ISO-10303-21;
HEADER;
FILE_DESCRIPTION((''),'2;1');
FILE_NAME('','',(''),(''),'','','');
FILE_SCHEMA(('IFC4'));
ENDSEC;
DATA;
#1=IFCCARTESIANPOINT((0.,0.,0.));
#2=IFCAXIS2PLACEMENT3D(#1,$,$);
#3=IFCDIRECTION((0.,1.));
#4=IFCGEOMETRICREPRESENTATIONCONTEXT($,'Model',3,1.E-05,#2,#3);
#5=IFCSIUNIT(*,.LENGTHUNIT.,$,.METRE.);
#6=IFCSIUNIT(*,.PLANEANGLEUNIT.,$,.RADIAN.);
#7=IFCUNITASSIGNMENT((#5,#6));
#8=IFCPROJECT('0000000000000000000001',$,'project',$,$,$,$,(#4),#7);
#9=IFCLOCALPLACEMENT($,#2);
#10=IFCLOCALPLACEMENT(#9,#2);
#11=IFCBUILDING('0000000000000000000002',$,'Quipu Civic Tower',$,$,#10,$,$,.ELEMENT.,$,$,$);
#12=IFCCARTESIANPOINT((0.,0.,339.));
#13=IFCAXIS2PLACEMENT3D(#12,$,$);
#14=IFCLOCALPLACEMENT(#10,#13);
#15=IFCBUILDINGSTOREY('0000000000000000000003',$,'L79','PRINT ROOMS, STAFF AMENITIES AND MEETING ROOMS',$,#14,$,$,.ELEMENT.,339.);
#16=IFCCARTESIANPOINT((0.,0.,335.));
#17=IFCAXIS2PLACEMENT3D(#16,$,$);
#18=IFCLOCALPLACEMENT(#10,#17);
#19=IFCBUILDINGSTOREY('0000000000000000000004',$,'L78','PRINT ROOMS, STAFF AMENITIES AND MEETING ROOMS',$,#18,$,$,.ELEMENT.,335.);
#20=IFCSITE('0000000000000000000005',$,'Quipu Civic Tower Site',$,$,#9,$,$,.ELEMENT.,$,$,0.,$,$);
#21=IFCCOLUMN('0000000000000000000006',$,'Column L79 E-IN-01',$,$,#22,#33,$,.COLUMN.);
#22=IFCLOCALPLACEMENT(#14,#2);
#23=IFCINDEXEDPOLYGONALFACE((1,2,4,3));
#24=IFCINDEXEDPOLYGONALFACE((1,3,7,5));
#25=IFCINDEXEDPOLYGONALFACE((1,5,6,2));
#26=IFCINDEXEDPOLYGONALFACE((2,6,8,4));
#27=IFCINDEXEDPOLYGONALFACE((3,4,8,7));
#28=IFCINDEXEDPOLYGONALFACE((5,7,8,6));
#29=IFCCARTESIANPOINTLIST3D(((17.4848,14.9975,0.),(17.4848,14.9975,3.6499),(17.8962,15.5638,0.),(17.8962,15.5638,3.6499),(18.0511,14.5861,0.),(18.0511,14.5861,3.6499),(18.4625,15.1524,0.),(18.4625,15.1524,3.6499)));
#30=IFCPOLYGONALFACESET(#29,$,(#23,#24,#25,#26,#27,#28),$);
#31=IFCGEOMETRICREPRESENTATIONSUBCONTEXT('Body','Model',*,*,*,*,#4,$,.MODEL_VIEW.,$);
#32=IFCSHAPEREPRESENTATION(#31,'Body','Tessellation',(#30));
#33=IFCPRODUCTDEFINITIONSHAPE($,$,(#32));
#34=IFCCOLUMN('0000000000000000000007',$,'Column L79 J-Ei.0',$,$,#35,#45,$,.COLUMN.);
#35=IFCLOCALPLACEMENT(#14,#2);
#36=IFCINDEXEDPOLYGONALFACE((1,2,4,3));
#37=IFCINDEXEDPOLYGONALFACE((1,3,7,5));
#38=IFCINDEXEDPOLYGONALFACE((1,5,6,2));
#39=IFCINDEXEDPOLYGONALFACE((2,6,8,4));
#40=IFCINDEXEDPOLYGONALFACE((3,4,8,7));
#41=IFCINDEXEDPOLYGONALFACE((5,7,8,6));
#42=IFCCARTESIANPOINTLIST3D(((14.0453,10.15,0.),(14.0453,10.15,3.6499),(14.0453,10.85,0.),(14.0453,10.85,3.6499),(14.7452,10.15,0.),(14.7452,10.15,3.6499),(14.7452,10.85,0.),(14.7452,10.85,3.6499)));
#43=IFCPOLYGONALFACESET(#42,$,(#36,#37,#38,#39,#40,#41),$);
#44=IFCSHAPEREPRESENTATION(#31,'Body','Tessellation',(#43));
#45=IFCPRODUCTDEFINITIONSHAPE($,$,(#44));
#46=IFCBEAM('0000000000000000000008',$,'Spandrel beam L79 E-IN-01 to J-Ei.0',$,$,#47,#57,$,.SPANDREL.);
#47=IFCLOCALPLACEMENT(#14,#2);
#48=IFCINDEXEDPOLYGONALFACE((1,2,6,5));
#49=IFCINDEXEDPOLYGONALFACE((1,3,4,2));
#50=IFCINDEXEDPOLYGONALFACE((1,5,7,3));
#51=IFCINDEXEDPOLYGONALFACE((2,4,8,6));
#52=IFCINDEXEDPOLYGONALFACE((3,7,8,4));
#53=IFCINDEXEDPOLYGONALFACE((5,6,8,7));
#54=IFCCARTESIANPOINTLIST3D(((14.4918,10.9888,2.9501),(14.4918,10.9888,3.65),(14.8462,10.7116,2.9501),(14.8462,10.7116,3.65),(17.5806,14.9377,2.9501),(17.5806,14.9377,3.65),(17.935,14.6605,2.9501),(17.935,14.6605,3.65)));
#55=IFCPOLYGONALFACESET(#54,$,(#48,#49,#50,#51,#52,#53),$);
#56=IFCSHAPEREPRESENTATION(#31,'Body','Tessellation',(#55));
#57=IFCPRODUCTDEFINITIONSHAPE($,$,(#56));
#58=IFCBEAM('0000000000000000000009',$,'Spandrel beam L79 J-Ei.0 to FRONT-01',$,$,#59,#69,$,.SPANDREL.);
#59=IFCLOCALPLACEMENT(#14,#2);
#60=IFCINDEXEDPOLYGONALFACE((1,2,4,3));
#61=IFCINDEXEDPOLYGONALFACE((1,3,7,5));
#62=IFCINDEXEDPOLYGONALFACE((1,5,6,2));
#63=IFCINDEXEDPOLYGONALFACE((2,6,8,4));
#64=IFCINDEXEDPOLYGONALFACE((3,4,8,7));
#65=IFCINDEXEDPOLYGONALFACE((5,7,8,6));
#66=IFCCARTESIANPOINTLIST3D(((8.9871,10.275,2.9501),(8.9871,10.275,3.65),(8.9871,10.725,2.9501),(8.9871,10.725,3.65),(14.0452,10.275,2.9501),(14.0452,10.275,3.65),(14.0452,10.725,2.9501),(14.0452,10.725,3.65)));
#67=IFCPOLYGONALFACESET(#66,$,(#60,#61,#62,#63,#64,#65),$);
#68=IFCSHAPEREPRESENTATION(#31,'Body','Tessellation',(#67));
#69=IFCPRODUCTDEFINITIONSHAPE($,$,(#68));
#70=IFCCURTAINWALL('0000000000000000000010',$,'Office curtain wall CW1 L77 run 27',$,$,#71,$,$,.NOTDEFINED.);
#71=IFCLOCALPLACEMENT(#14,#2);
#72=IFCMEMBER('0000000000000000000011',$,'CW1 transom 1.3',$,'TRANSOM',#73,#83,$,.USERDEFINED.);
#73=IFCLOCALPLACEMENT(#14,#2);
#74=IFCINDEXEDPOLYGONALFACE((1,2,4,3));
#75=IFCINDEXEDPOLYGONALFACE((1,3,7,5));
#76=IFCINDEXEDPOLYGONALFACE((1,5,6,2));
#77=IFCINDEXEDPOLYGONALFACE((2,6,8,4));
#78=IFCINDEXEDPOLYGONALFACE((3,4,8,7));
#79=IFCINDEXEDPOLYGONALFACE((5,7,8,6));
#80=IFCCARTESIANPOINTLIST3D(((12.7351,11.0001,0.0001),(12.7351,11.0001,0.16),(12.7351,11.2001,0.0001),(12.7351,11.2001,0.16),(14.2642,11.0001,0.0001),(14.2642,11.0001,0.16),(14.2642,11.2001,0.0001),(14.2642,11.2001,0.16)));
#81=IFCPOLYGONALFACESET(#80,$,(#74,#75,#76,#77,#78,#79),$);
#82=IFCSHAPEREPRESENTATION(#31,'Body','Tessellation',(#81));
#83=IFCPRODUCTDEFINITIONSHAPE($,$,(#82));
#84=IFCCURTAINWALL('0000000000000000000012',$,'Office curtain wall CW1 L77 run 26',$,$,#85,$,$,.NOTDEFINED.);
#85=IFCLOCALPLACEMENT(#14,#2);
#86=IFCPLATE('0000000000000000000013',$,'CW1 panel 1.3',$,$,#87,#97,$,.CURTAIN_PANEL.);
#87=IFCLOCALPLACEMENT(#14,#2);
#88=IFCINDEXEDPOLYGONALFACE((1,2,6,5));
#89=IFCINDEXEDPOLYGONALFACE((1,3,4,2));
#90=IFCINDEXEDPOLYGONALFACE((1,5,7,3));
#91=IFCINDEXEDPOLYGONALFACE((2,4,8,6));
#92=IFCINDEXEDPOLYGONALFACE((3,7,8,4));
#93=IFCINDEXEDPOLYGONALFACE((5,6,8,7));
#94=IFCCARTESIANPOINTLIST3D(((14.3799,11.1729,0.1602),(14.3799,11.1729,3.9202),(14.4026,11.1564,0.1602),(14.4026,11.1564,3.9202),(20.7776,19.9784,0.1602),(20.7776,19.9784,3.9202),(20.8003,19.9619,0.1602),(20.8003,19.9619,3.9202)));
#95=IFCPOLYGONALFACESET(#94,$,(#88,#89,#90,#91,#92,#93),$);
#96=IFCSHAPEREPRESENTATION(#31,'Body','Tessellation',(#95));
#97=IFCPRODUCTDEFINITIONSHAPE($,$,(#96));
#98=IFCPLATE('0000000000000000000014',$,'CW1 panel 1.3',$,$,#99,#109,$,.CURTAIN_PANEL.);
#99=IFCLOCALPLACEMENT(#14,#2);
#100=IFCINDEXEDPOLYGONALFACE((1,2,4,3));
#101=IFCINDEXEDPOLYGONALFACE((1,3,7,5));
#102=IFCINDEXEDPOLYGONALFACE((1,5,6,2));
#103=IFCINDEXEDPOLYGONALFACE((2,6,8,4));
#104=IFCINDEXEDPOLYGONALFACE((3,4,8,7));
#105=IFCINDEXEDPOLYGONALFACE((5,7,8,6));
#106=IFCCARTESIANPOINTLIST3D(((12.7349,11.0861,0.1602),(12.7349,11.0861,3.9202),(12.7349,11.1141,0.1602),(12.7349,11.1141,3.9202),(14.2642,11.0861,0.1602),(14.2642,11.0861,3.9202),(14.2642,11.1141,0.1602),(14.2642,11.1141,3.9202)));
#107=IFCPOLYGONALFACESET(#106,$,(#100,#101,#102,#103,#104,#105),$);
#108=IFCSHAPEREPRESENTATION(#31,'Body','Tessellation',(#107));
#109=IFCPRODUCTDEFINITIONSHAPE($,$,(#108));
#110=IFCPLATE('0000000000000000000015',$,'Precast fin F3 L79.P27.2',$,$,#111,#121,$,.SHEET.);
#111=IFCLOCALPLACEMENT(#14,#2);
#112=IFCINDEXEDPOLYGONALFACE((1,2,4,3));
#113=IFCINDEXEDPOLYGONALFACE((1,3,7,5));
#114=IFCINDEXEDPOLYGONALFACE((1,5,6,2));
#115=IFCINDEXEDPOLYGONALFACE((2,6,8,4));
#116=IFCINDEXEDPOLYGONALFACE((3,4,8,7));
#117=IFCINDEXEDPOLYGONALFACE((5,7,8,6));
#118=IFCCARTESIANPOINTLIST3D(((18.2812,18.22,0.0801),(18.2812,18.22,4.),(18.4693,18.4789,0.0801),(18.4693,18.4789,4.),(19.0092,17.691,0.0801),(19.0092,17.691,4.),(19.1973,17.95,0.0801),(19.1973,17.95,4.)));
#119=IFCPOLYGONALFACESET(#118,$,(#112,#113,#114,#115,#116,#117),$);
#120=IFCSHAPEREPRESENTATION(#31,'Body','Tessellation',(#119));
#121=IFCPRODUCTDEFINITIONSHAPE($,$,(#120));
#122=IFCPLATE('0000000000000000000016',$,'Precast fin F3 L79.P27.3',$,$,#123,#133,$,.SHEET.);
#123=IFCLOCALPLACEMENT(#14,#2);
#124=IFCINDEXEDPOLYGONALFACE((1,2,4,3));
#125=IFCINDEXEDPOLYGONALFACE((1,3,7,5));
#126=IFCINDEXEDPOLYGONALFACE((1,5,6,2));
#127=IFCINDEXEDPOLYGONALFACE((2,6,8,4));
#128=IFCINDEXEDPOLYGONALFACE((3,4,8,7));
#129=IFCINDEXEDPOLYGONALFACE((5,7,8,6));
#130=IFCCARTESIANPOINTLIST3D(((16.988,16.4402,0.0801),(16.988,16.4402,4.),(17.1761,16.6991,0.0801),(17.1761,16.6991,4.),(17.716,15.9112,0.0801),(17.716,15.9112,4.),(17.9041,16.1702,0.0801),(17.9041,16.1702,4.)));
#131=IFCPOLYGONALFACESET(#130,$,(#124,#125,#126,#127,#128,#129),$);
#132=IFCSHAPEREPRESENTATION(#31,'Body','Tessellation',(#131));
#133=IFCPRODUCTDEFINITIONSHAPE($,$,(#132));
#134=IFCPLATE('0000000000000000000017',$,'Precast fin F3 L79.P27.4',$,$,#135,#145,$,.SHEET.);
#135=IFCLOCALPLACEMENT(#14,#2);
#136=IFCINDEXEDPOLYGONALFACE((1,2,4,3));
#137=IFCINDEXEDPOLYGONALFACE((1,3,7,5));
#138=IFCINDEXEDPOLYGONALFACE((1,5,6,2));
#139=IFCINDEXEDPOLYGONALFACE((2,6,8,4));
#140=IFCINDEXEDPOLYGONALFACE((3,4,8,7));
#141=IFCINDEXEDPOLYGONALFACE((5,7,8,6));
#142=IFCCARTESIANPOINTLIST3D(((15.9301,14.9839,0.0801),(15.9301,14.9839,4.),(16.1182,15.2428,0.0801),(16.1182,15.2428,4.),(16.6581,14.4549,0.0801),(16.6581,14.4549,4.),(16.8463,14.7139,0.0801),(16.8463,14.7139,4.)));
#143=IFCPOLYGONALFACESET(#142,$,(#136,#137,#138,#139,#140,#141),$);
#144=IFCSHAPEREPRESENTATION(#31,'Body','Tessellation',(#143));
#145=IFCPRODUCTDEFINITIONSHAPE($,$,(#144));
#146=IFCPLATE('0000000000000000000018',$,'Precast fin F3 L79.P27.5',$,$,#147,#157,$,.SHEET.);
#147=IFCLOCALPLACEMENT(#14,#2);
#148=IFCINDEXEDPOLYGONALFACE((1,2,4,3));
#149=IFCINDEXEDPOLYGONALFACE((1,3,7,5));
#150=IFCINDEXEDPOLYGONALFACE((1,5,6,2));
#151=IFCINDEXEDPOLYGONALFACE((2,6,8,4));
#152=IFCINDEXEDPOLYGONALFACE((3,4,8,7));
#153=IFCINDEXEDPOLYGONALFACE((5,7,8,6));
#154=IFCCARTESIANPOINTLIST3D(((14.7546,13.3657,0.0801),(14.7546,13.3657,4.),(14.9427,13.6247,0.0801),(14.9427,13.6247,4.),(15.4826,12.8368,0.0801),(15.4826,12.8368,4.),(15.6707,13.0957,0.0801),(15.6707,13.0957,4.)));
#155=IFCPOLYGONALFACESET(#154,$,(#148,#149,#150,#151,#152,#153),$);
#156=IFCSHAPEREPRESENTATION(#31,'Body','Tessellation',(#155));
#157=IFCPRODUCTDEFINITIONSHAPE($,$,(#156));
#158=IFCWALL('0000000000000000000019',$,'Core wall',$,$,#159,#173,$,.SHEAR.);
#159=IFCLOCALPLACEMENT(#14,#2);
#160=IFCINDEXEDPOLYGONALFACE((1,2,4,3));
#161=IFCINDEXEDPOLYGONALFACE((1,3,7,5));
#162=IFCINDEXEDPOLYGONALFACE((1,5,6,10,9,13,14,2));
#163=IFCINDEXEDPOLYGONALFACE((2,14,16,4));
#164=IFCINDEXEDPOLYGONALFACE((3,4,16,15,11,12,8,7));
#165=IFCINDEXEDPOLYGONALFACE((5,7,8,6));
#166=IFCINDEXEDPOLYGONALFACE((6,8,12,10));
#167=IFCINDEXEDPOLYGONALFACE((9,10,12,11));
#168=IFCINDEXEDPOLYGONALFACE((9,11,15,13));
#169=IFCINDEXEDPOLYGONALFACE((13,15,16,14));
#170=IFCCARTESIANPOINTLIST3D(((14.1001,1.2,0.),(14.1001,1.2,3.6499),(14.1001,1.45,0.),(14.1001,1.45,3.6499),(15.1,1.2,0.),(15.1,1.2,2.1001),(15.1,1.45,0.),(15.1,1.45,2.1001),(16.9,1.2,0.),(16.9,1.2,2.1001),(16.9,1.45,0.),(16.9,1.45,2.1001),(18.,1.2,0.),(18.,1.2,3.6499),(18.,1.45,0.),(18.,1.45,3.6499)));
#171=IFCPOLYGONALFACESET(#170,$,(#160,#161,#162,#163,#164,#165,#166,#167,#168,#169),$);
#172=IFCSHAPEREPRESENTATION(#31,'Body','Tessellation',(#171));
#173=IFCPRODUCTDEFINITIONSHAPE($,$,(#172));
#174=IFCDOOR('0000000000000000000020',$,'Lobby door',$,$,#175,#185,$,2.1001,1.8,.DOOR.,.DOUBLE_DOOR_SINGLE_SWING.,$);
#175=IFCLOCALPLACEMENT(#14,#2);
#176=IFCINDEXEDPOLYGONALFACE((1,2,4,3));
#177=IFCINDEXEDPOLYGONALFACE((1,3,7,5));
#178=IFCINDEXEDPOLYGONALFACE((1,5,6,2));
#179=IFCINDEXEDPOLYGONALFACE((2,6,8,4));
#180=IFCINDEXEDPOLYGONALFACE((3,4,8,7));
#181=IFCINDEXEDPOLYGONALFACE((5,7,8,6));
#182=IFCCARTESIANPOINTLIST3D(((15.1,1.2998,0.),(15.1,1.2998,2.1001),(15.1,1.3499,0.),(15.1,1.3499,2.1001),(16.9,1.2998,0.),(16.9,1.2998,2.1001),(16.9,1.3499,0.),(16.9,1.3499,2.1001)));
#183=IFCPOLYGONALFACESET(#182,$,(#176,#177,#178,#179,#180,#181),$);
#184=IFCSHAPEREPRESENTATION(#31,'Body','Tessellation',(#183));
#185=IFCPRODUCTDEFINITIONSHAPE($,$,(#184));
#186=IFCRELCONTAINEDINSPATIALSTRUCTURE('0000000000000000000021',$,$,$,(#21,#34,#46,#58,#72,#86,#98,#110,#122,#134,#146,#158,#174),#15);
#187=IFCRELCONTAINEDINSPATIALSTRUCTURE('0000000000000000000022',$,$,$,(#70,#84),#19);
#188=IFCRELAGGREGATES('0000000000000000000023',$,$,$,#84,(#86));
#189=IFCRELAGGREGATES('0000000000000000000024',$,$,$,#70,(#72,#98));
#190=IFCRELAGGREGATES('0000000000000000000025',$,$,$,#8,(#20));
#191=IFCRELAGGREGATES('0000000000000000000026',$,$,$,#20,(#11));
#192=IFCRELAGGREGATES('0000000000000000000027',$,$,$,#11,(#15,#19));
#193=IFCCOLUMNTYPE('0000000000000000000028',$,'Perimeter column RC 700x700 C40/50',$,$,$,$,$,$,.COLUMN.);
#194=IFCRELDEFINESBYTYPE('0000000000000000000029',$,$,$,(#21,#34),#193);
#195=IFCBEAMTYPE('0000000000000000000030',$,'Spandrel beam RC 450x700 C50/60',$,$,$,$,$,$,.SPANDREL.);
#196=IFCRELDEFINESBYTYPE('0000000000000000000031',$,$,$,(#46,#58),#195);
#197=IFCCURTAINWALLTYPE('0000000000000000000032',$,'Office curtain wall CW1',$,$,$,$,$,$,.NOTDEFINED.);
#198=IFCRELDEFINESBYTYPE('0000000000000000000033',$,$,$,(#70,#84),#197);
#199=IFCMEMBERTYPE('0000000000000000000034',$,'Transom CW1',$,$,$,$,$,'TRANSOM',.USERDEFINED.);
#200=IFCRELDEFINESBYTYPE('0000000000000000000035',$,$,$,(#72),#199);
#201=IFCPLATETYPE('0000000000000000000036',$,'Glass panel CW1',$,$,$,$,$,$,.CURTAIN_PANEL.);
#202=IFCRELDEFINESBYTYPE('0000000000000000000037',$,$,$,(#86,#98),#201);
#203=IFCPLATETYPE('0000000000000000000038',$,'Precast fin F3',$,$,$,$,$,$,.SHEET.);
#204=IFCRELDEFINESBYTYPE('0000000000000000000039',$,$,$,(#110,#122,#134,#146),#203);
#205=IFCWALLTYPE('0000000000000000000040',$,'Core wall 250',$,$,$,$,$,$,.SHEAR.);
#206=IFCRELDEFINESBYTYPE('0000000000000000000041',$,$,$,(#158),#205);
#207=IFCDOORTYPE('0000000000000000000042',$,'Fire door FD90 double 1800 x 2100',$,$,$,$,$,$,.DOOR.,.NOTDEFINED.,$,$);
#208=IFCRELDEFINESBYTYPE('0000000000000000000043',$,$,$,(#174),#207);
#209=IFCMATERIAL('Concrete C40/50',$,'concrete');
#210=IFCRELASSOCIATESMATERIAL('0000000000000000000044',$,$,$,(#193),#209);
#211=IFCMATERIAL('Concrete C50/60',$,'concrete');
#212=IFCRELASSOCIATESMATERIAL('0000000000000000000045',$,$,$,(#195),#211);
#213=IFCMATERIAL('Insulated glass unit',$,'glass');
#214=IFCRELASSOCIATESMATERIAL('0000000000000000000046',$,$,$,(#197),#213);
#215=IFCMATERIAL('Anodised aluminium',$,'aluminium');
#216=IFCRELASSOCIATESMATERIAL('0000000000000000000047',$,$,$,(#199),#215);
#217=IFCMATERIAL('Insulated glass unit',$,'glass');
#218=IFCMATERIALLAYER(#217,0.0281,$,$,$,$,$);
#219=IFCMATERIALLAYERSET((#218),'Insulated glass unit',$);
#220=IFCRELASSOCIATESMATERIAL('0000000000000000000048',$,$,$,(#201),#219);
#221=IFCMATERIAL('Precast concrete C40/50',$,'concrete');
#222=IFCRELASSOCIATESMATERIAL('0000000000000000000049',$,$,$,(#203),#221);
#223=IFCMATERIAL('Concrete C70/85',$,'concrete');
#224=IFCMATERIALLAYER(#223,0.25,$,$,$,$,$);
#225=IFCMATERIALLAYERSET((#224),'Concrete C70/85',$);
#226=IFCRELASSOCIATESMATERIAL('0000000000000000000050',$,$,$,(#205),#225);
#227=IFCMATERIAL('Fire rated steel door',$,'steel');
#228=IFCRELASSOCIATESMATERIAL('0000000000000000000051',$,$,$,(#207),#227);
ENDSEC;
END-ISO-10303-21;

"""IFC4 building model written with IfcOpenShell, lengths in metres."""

from ifc_helpers import new_model, si_unit, direction, frame, frame_2d, origin, origin_2d, place, context, subcontext, project, spatial, rectangle, extrude, material, layer, layer_set, material_profile, profile_set, type_object, element, fill, aggregate, save


model = new_model("IFC4")

# Units and contexts
model_context = context("Model", 3, precision=1e-05, world=origin(), true_north=direction((0.0, 1.0)))
body_context = subcontext(model_context, "Body", "Model", "MODEL_VIEW")
ifc_project = project(units=[si_unit("LENGTHUNIT", "METRE"), si_unit("PLANEANGLEUNIT", "RADIAN")], contexts=[model_context])

# Site, building, storey
site_placement = place(None, origin())
site = spatial("IfcSite", under=ifc_project, at=site_placement, Name="Quipu Civic Tower Site", CompositionType="ELEMENT", RefElevation=0.0)
building_placement = place(site_placement, origin())
building = spatial("IfcBuilding", under=site, at=building_placement, Name="Quipu Civic Tower", CompositionType="ELEMENT")
storey_1_placement = place(building_placement, frame((0.0, 0.0, 339.0)))
storey_1 = spatial("IfcBuildingStorey", under=building, at=storey_1_placement, Name="L79", Description="PRINT ROOMS, STAFF AMENITIES AND MEETING ROOMS", CompositionType="ELEMENT", Elevation=339.0)

# Columns
ifc_material_1 = material(Name="Concrete C40/50", Category="concrete")
ifc_material_profile_1 = material_profile(ifc_material_1, rectangle(XDim=0.7, YDim=0.7, at=origin_2d()), Name="RC700x700")
ifc_profile_set_1 = profile_set([ifc_material_profile_1], Name="Concrete C40/50")
column_type = type_object("IfcColumnType", Name="Perimeter column RC 700x700 C40/50", PredefinedType="COLUMN", material=ifc_profile_set_1)
for number, where, z_axis, x_axis, name in (
    (1, (17.9736, 15.075, 0.0), (0.0, 0.0, 1.0), (-0.587785, -0.809017, 0.0), "Column L79 E-IN-01"),
    (2, (14.3953, 10.5, 0.0), (0.0, 0.0, 1.0), (-1.0, 0.0, 0.0), "Column L79 J-Ei.0"),
):
    element("IfcColumn", number, at=place(storey_1_placement, frame(where, z_axis=z_axis, x_axis=x_axis)), inside=storey_1, type_object=column_type, Name=name, PredefinedType="COLUMN", context=body_context, shape_type="SweptSolid", body=[
        extrude(rectangle(XDim=0.7, YDim=0.7, at=origin_2d()), origin(), (0.0, 0.0, 1.0), 3.6499),
    ])

# Beams
ifc_material_2 = material(Name="Concrete C50/60", Category="concrete")
ifc_material_profile_2 = material_profile(ifc_material_2, rectangle(XDim=0.45, YDim=0.7, at=origin_2d()), Name="RC450x700")
ifc_profile_set_2 = profile_set([ifc_material_profile_2], Name="Concrete C50/60")
beam_type = type_object("IfcBeamType", Name="Spandrel beam RC 450x700 C50/60", PredefinedType="SPANDREL", material=ifc_profile_set_2)
beam_1_placement = place(storey_1_placement, frame((17.7578, 14.7991, 3.3), z_axis=(-0.616106, -0.787663, 0.0), x_axis=(0.787663, -0.616106, 0.0)))
element("IfcBeam", 3, at=beam_1_placement, inside=storey_1, type_object=beam_type, Name="Spandrel beam L79 E-IN-01 to J-Ei.0", PredefinedType="SPANDREL", context=body_context, shape_type="SweptSolid", body=[
    extrude(rectangle(XDim=0.45, YDim=0.7, at=origin_2d()), origin(), (0.0, 0.0, 1.0), 5.0134),
])
beam_2_placement = place(storey_1_placement, frame((14.0452, 10.5, 3.3), z_axis=(-1.0, 0.0, 0.0), x_axis=(0.0, -1.0, 0.0)))
element("IfcBeam", 4, at=beam_2_placement, inside=storey_1, type_object=beam_type, Name="Spandrel beam L79 J-Ei.0 to FRONT-01", PredefinedType="SPANDREL", context=body_context, shape_type="SweptSolid", body=[
    extrude(rectangle(XDim=0.45, YDim=0.7, at=origin_2d()), origin(), (0.0, 0.0, 1.0), 5.0581),
])

# Shared definitions
storey_2_placement = place(building_placement, frame((0.0, 0.0, 335.0)))
storey_2 = spatial("IfcBuildingStorey", under=building, at=storey_2_placement, Name="L78", Description="PRINT ROOMS, STAFF AMENITIES AND MEETING ROOMS", CompositionType="ELEMENT", Elevation=335.0)

# Curtain wall, member
ifc_material_3 = material(Name="Insulated glass unit", Category="glass")
curtain_wall_type = type_object("IfcCurtainWallType", Name="Office curtain wall CW1", PredefinedType="NOTDEFINED", material=ifc_material_3)
curtain_wall_1_placement = place(storey_2_placement, origin())
curtain_wall_1 = element("IfcCurtainWall", 5, at=curtain_wall_1_placement, inside=storey_2, type_object=curtain_wall_type, Name="Office curtain wall CW1 L77 run 27", PredefinedType="NOTDEFINED")
ifc_material_4 = material(Name="Anodised aluminium", Category="aluminium")
ifc_material_profile_3 = material_profile(ifc_material_4, rectangle(XDim=0.2, YDim=0.1599, at=origin_2d()), Name="RECT 200x160")
ifc_profile_set_3 = profile_set([ifc_material_profile_3], Name="Anodised aluminium")
member_type = type_object("IfcMemberType", Name="Transom CW1", ElementType="TRANSOM", PredefinedType="USERDEFINED", material=ifc_profile_set_3)
member_placement = place(storey_1_placement, frame((14.2642, 11.1001, 0.0801), z_axis=(-1.0, 0.0, 0.0), x_axis=(0.0, -1.0, 0.0)))
member = element("IfcMember", 6, at=member_placement, inside=storey_1, type_object=member_type, Name="CW1 transom 1.3", ObjectType="TRANSOM", PredefinedType="USERDEFINED", context=body_context, shape_type="SweptSolid", body=[
    extrude(rectangle(XDim=0.2, YDim=0.1599, at=origin_2d()), origin(), (0.0, 0.0, 1.0), 1.5291),
])

# Curtain wall, plate
curtain_wall_2_placement = place(storey_2_placement, origin())
curtain_wall_2 = element("IfcCurtainWall", 7, at=curtain_wall_2_placement, inside=storey_2, type_object=curtain_wall_type, Name="Office curtain wall CW1 L77 run 26", PredefinedType="NOTDEFINED")
ifc_material_5 = material(Name="Insulated glass unit", Category="glass")
ifc_layer_1 = layer(ifc_material_5, 0.0281)
ifc_layer_set_1 = layer_set([ifc_layer_1], Name="Insulated glass unit")
plate_type_1 = type_object("IfcPlateType", Name="Glass panel CW1", PredefinedType="CURTAIN_PANEL", material=ifc_layer_set_1)
plate_1_placement = place(storey_1_placement, frame((17.5901, 15.5674, 0.1602), z_axis=(0.0, 0.0, 1.0), x_axis=(-0.587788, -0.809015, 0.0)))
plate_1 = element("IfcPlate", 8, at=plate_1_placement, inside=storey_1, type_object=plate_type_1, Name="CW1 panel 1.3", PredefinedType="CURTAIN_PANEL", context=body_context, shape_type="SweptSolid", body=[
    extrude(rectangle(XDim=10.8843, YDim=0.0281, at=origin_2d()), origin(), (0.0, 0.0, 1.0), 3.76),
])
aggregate(curtain_wall_2, [plate_1])

# Plate
plate_2_placement = place(storey_1_placement, frame((13.4995, 11.1001, 0.1602), z_axis=(0.0, 0.0, 1.0), x_axis=(-1.0, 0.0, 0.0)))
plate_2 = element("IfcPlate", 9, at=plate_2_placement, inside=storey_1, type_object=plate_type_1, Name="CW1 panel 1.3", PredefinedType="CURTAIN_PANEL", context=body_context, shape_type="SweptSolid", body=[
    extrude(rectangle(XDim=1.5293, YDim=0.0281, at=origin_2d()), origin(), (0.0, 0.0, 1.0), 3.76),
])
aggregate(curtain_wall_1, [member, plate_2])

# Plates
ifc_material_6 = material(Name="Precast concrete C40/50", Category="concrete")
plate_type_2 = type_object("IfcPlateType", Name="Precast fin F3", PredefinedType="SHEET", material=ifc_material_6)
for number, where, z_axis, x_axis, name in (
    (10, (18.7393, 18.085, 0.0801), (0.0, 0.0, 1.0), (-0.587784, -0.809018, 0.0), "Precast fin F3 L79.P27.2"),
    (11, (17.446, 16.3052, 0.0801), (0.0, 0.0, 1.0), (-0.587784, -0.809018, 0.0), "Precast fin F3 L79.P27.3"),
    (12, (16.3882, 14.8489, 0.0801), (0.0, 0.0, 1.0), (-0.587784, -0.809018, 0.0), "Precast fin F3 L79.P27.4"),
    (13, (15.2126, 13.2307, 0.0801), (0.0, 0.0, 1.0), (-0.587784, -0.809018, 0.0), "Precast fin F3 L79.P27.5"),
):
    element("IfcPlate", number, at=place(storey_1_placement, frame(where, z_axis=z_axis, x_axis=x_axis)), inside=storey_1, type_object=plate_type_2, Name=name, PredefinedType="SHEET", context=body_context, shape_type="SweptSolid", body=[
        extrude(rectangle(XDim=0.3201, YDim=0.8999, at=origin_2d()), origin(), (0.0, 0.0, 1.0), 3.9199),
    ])

# Wall, opening, door
ifc_material_7 = material(Name="Concrete C70/85", Category="concrete")
ifc_layer_2 = layer(ifc_material_7, 0.25)
ifc_layer_set_2 = layer_set([ifc_layer_2], Name="Concrete C70/85")
wall_type_1 = type_object("IfcWallType", Name="Core wall 250", PredefinedType="SHEAR", material=ifc_layer_set_2)
wall_1_placement = place(storey_1_placement, frame((14.1001, 1.325, 0.0), z_axis=(0.0, 0.0, 1.0), x_axis=(1.0, 0.0, 0.0)))
wall_1 = element("IfcWall", 14, at=wall_1_placement, inside=storey_1, type_object=wall_type_1, Name="Core wall", PredefinedType="SHEAR", context=body_context, shape_type="SweptSolid", body=[
    extrude(rectangle(XDim=3.8999, YDim=0.25, at=frame_2d((1.95, 0.0))), origin(), (0.0, 0.0, 1.0), 3.6499),
])
opening_1_placement = place(wall_1_placement, frame((1.0, 0.0, 0.0)))
opening_1 = element("IfcOpeningElement", 15, at=opening_1_placement, cuts=wall_1, PredefinedType="OPENING", context=body_context, shape_type="SweptSolid", body=[
    extrude(rectangle(XDim=1.8, YDim=2.1001, at=frame_2d((0.8999, 1.05))), frame((0.0, 0.135, 0.0), z_axis=(0.0, -1.0, 0.0), x_axis=(1.0, 0.0, 0.0)), (0.0, 0.0, 1.0), 0.27),
])
ifc_material_8 = material(Name="Fire rated steel door", Category="steel")
door_type = type_object("IfcDoorType", Name="Fire door FD90 double 1800 x 2100", OperationType="NOTDEFINED", PredefinedType="DOOR", material=ifc_material_8)
door_placement = place(opening_1_placement, origin())
door = element("IfcDoor", 16, at=door_placement, inside=storey_1, type_object=door_type, Name="Lobby door", OperationType="DOUBLE_DOOR_SINGLE_SWING", OverallHeight=2.1001, OverallWidth=1.8, PredefinedType="DOOR", context=body_context, shape_type="SweptSolid", body=[
    extrude(rectangle(XDim=1.8, YDim=2.1001, at=frame_2d((0.8999, 1.05))), frame((0.0, 0.0249, 0.0), z_axis=(0.0, -1.0, 0.0), x_axis=(1.0, 0.0, 0.0)), (0.0, 0.0, 1.0), 0.05),
])
fill(opening_1, door)

save(model, "model.ifc")
